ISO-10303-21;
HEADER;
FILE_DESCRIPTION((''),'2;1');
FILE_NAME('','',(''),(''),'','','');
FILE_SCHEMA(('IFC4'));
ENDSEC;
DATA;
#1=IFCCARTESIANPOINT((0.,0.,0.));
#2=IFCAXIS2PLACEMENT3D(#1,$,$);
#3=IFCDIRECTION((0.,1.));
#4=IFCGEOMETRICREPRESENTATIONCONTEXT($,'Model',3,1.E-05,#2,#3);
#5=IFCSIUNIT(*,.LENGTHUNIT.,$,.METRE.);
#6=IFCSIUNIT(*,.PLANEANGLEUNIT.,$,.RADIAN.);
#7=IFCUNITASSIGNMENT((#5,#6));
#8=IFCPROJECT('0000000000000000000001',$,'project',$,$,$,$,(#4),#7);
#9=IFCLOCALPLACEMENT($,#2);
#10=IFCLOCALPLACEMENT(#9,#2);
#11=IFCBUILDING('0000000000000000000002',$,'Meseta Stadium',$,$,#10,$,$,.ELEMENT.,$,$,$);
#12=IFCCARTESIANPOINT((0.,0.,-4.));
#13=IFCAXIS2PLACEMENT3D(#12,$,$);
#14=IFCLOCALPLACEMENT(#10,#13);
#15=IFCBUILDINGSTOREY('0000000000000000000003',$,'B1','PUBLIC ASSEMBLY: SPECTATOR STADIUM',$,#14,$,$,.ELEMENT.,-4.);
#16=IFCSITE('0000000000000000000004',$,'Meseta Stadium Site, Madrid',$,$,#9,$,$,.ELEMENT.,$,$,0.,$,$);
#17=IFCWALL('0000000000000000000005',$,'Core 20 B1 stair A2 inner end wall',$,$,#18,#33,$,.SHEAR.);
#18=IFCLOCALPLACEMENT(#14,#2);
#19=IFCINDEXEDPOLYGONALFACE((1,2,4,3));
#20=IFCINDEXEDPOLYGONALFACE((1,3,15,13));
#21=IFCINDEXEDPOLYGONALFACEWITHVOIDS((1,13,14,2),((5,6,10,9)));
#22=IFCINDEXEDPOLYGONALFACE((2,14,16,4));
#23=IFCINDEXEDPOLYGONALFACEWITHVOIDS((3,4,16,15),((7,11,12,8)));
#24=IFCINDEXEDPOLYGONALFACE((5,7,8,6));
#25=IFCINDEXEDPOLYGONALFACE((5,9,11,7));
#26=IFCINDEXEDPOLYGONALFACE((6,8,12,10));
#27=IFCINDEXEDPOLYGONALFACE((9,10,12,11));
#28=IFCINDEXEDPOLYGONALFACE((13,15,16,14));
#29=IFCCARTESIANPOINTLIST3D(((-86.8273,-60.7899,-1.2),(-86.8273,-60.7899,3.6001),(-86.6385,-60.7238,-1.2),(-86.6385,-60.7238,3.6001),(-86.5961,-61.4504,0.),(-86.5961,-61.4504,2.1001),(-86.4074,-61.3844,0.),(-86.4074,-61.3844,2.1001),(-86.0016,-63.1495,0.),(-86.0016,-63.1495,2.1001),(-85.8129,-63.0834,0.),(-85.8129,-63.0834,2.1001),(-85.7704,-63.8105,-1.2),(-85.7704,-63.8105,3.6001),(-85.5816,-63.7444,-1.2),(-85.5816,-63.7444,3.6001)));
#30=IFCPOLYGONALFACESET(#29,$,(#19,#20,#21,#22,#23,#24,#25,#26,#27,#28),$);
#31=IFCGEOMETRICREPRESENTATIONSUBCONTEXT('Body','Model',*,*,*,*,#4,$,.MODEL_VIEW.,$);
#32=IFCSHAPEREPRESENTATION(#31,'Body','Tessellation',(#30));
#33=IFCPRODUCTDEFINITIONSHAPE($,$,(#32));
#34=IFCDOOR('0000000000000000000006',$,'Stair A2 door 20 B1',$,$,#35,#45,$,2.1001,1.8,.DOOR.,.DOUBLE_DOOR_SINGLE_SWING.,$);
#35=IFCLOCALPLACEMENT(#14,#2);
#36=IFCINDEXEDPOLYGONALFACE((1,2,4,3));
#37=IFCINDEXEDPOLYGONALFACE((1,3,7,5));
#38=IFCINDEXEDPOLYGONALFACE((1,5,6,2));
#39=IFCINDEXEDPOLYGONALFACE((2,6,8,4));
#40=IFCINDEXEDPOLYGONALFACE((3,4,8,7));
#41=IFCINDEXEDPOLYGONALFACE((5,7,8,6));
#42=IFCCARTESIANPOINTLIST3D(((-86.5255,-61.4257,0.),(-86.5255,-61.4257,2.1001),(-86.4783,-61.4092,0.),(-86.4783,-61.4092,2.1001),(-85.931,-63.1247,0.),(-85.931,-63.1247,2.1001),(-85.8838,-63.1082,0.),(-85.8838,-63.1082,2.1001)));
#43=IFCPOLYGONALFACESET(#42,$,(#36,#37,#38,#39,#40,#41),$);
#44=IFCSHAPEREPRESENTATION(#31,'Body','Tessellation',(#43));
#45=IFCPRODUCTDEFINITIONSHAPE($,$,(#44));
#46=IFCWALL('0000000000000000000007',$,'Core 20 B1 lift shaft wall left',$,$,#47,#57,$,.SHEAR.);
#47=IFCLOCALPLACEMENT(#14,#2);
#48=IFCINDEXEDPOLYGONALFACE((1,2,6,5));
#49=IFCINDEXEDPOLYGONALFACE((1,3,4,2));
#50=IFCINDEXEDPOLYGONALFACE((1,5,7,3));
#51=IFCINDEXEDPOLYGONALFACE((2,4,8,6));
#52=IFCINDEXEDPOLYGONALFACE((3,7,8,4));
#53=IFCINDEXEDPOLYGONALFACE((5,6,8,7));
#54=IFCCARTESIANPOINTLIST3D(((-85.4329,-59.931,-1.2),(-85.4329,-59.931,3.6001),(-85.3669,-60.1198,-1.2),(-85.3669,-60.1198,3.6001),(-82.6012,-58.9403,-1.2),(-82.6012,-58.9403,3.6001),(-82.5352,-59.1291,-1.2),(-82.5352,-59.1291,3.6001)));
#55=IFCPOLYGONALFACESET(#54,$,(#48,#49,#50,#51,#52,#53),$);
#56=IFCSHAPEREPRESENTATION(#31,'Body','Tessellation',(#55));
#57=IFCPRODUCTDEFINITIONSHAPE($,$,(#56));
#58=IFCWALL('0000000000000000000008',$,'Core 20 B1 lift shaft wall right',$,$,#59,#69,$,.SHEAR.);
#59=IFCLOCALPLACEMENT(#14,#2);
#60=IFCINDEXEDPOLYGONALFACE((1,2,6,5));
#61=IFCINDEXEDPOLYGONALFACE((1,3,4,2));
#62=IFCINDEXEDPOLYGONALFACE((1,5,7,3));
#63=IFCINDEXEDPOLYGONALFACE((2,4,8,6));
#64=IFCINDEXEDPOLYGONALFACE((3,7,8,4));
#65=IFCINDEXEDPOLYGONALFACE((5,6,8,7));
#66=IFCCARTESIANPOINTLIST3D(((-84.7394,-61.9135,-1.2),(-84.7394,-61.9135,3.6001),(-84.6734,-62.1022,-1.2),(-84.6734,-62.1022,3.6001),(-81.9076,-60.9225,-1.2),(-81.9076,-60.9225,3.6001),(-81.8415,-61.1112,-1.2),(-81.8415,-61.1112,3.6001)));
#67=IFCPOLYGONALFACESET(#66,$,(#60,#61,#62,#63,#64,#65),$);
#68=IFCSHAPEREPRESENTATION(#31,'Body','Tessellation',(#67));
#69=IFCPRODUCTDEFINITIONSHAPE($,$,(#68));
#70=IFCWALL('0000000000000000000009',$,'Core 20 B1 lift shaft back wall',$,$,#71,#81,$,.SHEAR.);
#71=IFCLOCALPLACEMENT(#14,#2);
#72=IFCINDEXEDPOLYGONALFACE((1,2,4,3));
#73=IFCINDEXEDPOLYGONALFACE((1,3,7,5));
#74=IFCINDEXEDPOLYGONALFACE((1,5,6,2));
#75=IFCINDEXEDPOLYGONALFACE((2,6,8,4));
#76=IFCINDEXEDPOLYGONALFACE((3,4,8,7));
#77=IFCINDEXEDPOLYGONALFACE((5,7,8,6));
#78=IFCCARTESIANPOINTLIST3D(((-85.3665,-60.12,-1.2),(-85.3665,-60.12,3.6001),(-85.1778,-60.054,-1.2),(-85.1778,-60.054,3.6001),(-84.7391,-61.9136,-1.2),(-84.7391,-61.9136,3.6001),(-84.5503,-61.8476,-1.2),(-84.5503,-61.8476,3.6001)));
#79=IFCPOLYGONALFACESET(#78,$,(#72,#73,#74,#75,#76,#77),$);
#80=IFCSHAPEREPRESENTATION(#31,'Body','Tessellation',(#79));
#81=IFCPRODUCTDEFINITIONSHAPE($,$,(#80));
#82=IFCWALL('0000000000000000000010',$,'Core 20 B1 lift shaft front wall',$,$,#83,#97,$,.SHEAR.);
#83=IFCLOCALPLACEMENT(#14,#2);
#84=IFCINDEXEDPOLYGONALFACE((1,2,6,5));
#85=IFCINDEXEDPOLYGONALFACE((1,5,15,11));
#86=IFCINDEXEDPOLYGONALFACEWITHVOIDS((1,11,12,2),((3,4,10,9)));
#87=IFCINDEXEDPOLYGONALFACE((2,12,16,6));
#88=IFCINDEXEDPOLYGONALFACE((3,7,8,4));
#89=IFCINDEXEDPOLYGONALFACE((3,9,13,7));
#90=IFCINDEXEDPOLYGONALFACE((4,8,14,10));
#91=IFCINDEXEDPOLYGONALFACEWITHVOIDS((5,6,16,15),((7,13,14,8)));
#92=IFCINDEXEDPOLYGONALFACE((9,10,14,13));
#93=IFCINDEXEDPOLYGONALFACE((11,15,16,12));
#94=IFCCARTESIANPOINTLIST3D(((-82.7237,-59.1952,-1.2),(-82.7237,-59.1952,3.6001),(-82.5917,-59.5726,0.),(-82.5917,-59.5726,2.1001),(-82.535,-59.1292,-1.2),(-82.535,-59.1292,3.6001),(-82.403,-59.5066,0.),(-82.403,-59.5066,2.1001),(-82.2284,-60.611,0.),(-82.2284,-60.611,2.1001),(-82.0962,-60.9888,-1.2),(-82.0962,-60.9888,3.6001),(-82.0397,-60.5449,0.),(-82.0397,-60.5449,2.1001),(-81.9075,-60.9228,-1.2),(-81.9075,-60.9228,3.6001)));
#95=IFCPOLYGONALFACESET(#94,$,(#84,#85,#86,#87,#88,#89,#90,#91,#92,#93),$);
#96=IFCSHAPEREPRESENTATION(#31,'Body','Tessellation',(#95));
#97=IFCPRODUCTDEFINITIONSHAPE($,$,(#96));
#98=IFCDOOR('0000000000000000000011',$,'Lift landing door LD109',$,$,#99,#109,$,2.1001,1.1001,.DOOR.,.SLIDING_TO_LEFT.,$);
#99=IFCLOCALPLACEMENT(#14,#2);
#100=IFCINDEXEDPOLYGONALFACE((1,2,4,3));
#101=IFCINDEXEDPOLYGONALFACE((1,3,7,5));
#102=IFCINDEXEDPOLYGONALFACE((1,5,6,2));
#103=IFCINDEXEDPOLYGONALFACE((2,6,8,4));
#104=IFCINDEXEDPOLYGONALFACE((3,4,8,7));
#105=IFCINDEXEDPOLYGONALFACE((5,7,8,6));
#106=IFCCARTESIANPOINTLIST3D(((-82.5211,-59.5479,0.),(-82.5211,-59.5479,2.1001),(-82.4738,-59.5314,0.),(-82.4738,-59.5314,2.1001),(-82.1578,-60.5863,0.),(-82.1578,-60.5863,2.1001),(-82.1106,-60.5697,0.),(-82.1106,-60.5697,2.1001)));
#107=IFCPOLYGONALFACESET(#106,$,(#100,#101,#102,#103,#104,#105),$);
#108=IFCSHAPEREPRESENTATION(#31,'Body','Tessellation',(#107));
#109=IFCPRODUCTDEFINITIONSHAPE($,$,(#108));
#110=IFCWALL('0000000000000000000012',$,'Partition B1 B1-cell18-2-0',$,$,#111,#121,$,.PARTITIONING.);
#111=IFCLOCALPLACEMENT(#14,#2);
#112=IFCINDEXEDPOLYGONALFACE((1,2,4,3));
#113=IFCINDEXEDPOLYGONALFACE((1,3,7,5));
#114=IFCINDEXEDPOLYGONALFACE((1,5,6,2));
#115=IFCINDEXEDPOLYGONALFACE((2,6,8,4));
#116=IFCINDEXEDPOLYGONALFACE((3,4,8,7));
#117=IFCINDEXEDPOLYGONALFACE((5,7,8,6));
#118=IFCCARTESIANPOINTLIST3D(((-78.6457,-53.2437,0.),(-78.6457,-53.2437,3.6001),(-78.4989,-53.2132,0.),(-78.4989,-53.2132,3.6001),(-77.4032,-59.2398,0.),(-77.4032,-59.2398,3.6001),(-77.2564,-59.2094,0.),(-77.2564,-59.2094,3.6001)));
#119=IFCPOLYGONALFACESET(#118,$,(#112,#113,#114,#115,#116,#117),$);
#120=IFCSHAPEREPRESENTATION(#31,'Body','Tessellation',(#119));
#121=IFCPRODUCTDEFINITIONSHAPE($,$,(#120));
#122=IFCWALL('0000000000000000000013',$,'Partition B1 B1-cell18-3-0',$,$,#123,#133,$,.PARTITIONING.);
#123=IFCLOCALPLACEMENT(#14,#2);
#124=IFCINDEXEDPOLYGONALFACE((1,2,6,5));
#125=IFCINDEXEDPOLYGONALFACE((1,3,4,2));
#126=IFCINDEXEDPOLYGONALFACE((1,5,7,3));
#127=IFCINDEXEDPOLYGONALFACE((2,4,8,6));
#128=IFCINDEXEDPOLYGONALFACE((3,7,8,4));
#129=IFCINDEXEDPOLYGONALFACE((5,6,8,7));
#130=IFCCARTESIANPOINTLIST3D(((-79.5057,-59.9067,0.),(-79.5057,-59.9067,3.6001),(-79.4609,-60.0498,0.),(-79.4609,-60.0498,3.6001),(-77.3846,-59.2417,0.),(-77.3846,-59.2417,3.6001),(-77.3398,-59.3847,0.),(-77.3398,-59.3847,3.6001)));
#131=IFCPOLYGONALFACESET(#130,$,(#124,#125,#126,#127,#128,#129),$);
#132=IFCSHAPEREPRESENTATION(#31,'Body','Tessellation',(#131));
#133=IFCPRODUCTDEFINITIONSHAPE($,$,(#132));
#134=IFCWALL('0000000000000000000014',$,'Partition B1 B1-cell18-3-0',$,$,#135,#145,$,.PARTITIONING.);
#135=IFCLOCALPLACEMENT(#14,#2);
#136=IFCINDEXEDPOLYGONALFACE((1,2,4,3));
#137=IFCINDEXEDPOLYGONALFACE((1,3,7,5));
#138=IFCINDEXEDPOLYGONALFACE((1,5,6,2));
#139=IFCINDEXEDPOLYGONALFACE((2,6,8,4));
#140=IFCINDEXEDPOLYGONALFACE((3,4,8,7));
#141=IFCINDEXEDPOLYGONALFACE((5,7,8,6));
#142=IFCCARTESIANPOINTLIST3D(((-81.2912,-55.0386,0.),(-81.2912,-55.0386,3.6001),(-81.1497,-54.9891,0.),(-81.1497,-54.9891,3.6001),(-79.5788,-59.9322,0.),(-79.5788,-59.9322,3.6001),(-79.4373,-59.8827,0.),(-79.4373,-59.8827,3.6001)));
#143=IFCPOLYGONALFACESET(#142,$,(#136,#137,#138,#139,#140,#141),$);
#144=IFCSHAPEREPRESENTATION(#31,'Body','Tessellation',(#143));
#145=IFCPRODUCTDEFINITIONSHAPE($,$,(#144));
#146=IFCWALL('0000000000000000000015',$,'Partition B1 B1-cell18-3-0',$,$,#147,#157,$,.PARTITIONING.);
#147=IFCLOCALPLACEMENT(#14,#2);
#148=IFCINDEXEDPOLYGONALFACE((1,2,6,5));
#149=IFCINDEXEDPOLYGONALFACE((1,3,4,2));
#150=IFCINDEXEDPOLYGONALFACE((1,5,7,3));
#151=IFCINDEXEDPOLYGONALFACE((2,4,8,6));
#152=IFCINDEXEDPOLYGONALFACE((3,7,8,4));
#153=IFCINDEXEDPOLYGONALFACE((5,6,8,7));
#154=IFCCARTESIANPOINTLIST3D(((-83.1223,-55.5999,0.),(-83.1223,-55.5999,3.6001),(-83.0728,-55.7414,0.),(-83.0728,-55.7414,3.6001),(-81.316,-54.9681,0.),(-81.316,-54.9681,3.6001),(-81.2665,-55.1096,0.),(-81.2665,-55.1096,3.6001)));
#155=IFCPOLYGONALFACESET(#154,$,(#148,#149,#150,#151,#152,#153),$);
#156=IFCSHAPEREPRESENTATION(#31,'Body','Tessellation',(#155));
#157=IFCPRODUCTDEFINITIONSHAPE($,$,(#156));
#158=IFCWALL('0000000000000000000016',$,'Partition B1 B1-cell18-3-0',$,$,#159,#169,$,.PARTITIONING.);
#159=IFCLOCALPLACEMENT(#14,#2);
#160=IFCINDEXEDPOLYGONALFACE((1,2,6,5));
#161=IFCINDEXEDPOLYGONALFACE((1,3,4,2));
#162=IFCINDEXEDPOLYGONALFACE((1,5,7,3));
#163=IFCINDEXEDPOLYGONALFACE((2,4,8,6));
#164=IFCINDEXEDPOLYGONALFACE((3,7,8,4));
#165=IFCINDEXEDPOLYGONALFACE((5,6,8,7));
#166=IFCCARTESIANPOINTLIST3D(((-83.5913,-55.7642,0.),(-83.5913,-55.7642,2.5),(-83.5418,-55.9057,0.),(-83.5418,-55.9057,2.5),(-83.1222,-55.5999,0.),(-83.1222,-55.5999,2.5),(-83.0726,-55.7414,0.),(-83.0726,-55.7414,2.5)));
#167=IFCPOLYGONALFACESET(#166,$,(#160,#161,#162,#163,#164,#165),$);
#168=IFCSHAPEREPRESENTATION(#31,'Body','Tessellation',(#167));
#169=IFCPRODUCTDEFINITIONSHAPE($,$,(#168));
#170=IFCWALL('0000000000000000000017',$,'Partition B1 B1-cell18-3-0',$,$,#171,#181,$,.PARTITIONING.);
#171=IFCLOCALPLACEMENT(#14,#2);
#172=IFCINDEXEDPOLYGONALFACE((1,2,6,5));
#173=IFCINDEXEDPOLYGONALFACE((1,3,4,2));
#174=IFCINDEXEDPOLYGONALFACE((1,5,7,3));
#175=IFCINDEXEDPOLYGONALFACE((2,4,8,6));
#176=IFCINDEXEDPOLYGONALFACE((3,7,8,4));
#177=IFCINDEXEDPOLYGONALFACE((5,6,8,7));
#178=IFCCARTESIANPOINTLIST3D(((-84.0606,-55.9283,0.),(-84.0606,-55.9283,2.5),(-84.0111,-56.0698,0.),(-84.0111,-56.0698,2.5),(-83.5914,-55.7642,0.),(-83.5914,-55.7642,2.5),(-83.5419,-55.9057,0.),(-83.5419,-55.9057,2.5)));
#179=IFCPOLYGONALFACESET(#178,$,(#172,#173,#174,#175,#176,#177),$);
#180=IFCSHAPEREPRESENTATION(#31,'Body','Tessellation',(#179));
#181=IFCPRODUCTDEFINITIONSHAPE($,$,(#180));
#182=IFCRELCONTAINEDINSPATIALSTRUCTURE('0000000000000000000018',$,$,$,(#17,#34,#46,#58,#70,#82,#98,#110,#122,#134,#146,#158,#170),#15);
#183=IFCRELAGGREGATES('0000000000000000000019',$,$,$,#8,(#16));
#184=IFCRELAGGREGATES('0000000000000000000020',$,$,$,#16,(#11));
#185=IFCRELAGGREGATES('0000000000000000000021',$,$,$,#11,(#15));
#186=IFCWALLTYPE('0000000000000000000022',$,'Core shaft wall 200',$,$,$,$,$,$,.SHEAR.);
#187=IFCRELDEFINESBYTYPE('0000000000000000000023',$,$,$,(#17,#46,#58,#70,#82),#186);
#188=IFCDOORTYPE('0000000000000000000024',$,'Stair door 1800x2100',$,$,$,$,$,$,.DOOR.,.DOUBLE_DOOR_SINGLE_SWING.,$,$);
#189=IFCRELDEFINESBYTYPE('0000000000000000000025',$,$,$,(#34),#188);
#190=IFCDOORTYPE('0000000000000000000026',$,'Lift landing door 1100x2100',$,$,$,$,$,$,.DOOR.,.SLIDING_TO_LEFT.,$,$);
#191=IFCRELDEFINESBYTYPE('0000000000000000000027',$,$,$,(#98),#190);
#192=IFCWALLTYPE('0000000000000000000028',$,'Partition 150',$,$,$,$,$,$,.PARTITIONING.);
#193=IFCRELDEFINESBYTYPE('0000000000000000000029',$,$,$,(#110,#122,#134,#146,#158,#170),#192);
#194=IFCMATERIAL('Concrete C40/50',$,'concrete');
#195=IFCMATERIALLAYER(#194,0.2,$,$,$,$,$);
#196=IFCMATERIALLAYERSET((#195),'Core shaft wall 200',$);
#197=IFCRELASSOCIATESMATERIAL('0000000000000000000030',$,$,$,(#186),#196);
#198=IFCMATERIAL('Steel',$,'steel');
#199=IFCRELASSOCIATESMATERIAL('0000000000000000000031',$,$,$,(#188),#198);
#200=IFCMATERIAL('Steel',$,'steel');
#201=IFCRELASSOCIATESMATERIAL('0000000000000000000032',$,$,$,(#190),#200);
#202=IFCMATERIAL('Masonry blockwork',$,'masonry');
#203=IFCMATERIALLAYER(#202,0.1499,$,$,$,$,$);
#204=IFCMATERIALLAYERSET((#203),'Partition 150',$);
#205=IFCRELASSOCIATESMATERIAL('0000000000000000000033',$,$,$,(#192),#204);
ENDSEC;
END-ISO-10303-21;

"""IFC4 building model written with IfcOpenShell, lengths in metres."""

from ifc_helpers import new_model, si_unit, direction, frame, frame_2d, origin, place, context, subcontext, project, spatial, rectangle, extrude, material, layer, layer_set, type_object, element, fill, save


model = new_model("IFC4")

# Units and contexts
model_context = context("Model", 3, precision=1e-05, world=origin(), true_north=direction((0.0, 1.0)))
body_context = subcontext(model_context, "Body", "Model", "MODEL_VIEW")
ifc_project = project(units=[si_unit("LENGTHUNIT", "METRE"), si_unit("PLANEANGLEUNIT", "RADIAN")], contexts=[model_context])

# Site, building, storey
site_placement = place(None, origin())
site = spatial("IfcSite", under=ifc_project, at=site_placement, Name="Meseta Stadium Site, Madrid", CompositionType="ELEMENT", RefElevation=0.0)
building_placement = place(site_placement, origin())
building = spatial("IfcBuilding", under=site, at=building_placement, Name="Meseta Stadium", CompositionType="ELEMENT")
storey_placement = place(building_placement, frame((0.0, 0.0, -4.0)))
storey = spatial("IfcBuildingStorey", under=building, at=storey_placement, Name="B1", Description="PUBLIC ASSEMBLY: SPECTATOR STADIUM", CompositionType="ELEMENT", Elevation=-4.0)

# Wall, opening, door
ifc_material_1 = material(Name="Concrete C40/50", Category="concrete")
ifc_layer_1 = layer(ifc_material_1, 0.2)
ifc_layer_set_1 = layer_set([ifc_layer_1], Name="Core shaft wall 200")
wall_type_1 = type_object("IfcWallType", Name="Core shaft wall 200", PredefinedType="SHEAR", material=ifc_layer_set_1)
wall_1_placement = place(storey_placement, frame((-86.7329, -60.7568, -1.2), z_axis=(0.0, 0.0, 1.0), x_axis=(0.330269, -0.943887, 0.0)))
wall_1 = element("IfcWall", 1, at=wall_1_placement, inside=storey, type_object=wall_type_1, Name="Core 20 B1 stair A2 inner end wall", PredefinedType="SHEAR", context=body_context, shape_type="SweptSolid", body=[
    extrude(rectangle(XDim=3.2002, YDim=0.2, at=frame_2d((1.6001, 0.0))), origin(), (0.0, 0.0, 1.0), 4.8),
])
opening_1_placement = place(wall_1_placement, frame((0.7, 0.0, 1.2)))
opening_1 = element("IfcOpeningElement", 2, at=opening_1_placement, cuts=wall_1, PredefinedType="OPENING", context=body_context, shape_type="SweptSolid", body=[
    extrude(rectangle(XDim=1.8, YDim=2.1001, at=frame_2d((0.8999, 1.05))), frame((0.0, 0.1099, 0.0), z_axis=(0.0, -1.0, 0.0), x_axis=(1.0, 0.0, 0.0)), (0.0, 0.0, 1.0), 0.22),
])
ifc_material_2 = material(Name="Steel", Category="steel")
door_type_1 = type_object("IfcDoorType", Name="Stair door 1800x2100", OperationType="DOUBLE_DOOR_SINGLE_SWING", PredefinedType="DOOR", material=ifc_material_2)
door_1_placement = place(opening_1_placement, origin())
door_1 = element("IfcDoor", 3, at=door_1_placement, inside=storey, type_object=door_type_1, Name="Stair A2 door 20 B1", OperationType="DOUBLE_DOOR_SINGLE_SWING", OverallHeight=2.1001, OverallWidth=1.8, PredefinedType="DOOR", context=body_context, shape_type="SweptSolid", body=[
    extrude(rectangle(XDim=1.8, YDim=2.1001, at=frame_2d((0.8999, 1.05))), frame((0.0, 0.0249, 0.0), z_axis=(0.0, -1.0, 0.0), x_axis=(1.0, 0.0, 0.0)), (0.0, 0.0, 1.0), 0.05),
])
fill(opening_1, door_1)

# Walls
wall_2_placement = place(storey_placement, frame((-85.3999, -60.0254, -1.2), z_axis=(0.0, 0.0, 1.0), x_axis=(0.9439, 0.330231, 0.0)))
element("IfcWall", 4, at=wall_2_placement, inside=storey, type_object=wall_type_1, Name="Core 20 B1 lift shaft wall left", PredefinedType="SHEAR", context=body_context, shape_type="SweptSolid", body=[
    extrude(rectangle(XDim=3.0, YDim=0.2, at=frame_2d((1.5, 0.0))), origin(), (0.0, 0.0, 1.0), 4.8),
])
wall_3_placement = place(storey_placement, frame((-84.7063, -62.0078, -1.2), z_axis=(0.0, 0.0, 1.0), x_axis=(0.943875, 0.330303, 0.0)))
element("IfcWall", 5, at=wall_3_placement, inside=storey, type_object=wall_type_1, Name="Core 20 B1 lift shaft wall right", PredefinedType="SHEAR", context=body_context, shape_type="SweptSolid", body=[
    extrude(rectangle(XDim=3.0002, YDim=0.2, at=frame_2d((1.5, 0.0))), origin(), (0.0, 0.0, 1.0), 4.8),
])
wall_4_placement = place(storey_placement, frame((-85.2722, -60.0869, -1.2), z_axis=(0.0, 0.0, 1.0), x_axis=(0.330225, -0.943902, 0.0)))
element("IfcWall", 6, at=wall_4_placement, inside=storey, type_object=wall_type_1, Name="Core 20 B1 lift shaft back wall", PredefinedType="SHEAR", context=body_context, shape_type="SweptSolid", body=[
    extrude(rectangle(XDim=1.9001, YDim=0.2, at=frame_2d((0.9502, 0.0))), origin(), (0.0, 0.0, 1.0), 4.8),
])

# Wall, opening, door
wall_5_placement = place(storey_placement, frame((-82.6294, -59.1621, -1.2), z_axis=(0.0, 0.0, 1.0), x_axis=(0.330225, -0.943902, 0.0)))
wall_5 = element("IfcWall", 7, at=wall_5_placement, inside=storey, type_object=wall_type_1, Name="Core 20 B1 lift shaft front wall", PredefinedType="SHEAR", context=body_context, shape_type="SweptSolid", body=[
    extrude(rectangle(XDim=1.9001, YDim=0.2, at=frame_2d((0.9502, 0.0))), origin(), (0.0, 0.0, 1.0), 4.8),
])
opening_2_placement = place(wall_5_placement, frame((0.3999, 0.0, 1.2)))
opening_2 = element("IfcOpeningElement", 8, at=opening_2_placement, cuts=wall_5, PredefinedType="OPENING", context=body_context, shape_type="SweptSolid", body=[
    extrude(rectangle(XDim=1.1001, YDim=2.1001, at=frame_2d((0.55, 1.05))), frame((0.0, 0.1099, 0.0), z_axis=(0.0, -1.0, 0.0), x_axis=(1.0, 0.0, 0.0)), (0.0, 0.0, 1.0), 0.22),
])
ifc_material_3 = material(Name="Steel", Category="steel")
door_type_2 = type_object("IfcDoorType", Name="Lift landing door 1100x2100", OperationType="SLIDING_TO_LEFT", PredefinedType="DOOR", material=ifc_material_3)
door_2_placement = place(opening_2_placement, origin())
door_2 = element("IfcDoor", 9, at=door_2_placement, inside=storey, type_object=door_type_2, Name="Lift landing door LD109", OperationType="SLIDING_TO_LEFT", OverallHeight=2.1001, OverallWidth=1.1001, PredefinedType="DOOR", context=body_context, shape_type="SweptSolid", body=[
    extrude(rectangle(XDim=1.1001, YDim=2.1001, at=frame_2d((0.55, 1.05))), frame((0.0, 0.0249, 0.0), z_axis=(0.0, -1.0, 0.0), x_axis=(1.0, 0.0, 0.0)), (0.0, 0.0, 1.0), 0.05),
])
fill(opening_2, door_2)

# Walls
ifc_material_4 = material(Name="Masonry blockwork", Category="masonry")
ifc_layer_2 = layer(ifc_material_4, 0.1499)
ifc_layer_set_2 = layer_set([ifc_layer_2], Name="Partition 150")
wall_type_2 = type_object("IfcWallType", Name="Partition 150", PredefinedType="PARTITIONING", material=ifc_layer_set_2)
wall_6_placement = place(storey_placement, frame((-77.3298, -59.2246, 0.0), z_axis=(0.0, 0.0, 1.0), x_axis=(-0.202897, 0.9792, 0.0)))
element("IfcWall", 10, at=wall_6_placement, inside=storey, type_object=wall_type_2, Name="Partition B1 B1-cell18-2-0", PredefinedType="PARTITIONING", context=body_context, shape_type="SweptSolid", body=[
    extrude(rectangle(XDim=6.1235, YDim=0.1499, at=frame_2d((3.0618, 0.0))), origin(), (0.0, 0.0, 1.0), 3.6001),
])
wall_7_placement = place(storey_placement, frame((-77.3623, -59.3132, 0.0), z_axis=(0.0, 0.0, 1.0), x_axis=(-0.954198, -0.299175, 0.0)))
element("IfcWall", 11, at=wall_7_placement, inside=storey, type_object=wall_type_2, Name="Partition B1 B1-cell18-3-0", PredefinedType="PARTITIONING", context=body_context, shape_type="SweptSolid", body=[
    extrude(rectangle(XDim=2.2229, YDim=0.1499, at=frame_2d((1.1113, 0.0))), origin(), (0.0, 0.0, 1.0), 3.6001),
])
wall_8_placement = place(storey_placement, frame((-79.5081, -59.9075, 0.0), z_axis=(0.0, 0.0, 1.0), x_axis=(-0.330292, 0.943879, 0.0)))
element("IfcWall", 12, at=wall_8_placement, inside=storey, type_object=wall_type_2, Name="Partition B1 B1-cell18-3-0", PredefinedType="PARTITIONING", context=body_context, shape_type="SweptSolid", body=[
    extrude(rectangle(XDim=5.1846, YDim=0.1499, at=frame_2d((2.5923, 0.0))), origin(), (0.0, 0.0, 1.0), 3.6001),
])
wall_9_placement = place(storey_placement, frame((-81.2913, -55.0388, 0.0), z_axis=(0.0, 0.0, 1.0), x_axis=(-0.94391, -0.330203, 0.0)))
element("IfcWall", 13, at=wall_9_placement, inside=storey, type_object=wall_type_2, Name="Partition B1 B1-cell18-3-0", PredefinedType="PARTITIONING", context=body_context, shape_type="SweptSolid", body=[
    extrude(rectangle(XDim=1.9136, YDim=0.1499, at=frame_2d((0.9568, 0.0))), origin(), (0.0, 0.0, 1.0), 3.6001),
])
for number, where, z_axis, x_axis, name in (
    (14, (-83.0974, -55.6707, 0.0), (0.0, 0.0, 1.0), (-0.943812, -0.330482, 0.0), "Partition B1 B1-cell18-3-0"),
    (15, (-83.5667, -55.835, 0.0), (0.0, 0.0, 1.0), (-0.943966, -0.330044, 0.0), "Partition B1 B1-cell18-3-0"),
):
    element("IfcWall", number, at=place(storey_placement, frame(where, z_axis=z_axis, x_axis=x_axis)), inside=storey, type_object=wall_type_2, Name=name, PredefinedType="PARTITIONING", context=body_context, shape_type="SweptSolid", body=[
        extrude(rectangle(XDim=0.4971, YDim=0.1499, at=frame_2d((0.2485, 0.0))), origin(), (0.0, 0.0, 1.0), 2.5),
    ])

save(model, "model.ifc")
